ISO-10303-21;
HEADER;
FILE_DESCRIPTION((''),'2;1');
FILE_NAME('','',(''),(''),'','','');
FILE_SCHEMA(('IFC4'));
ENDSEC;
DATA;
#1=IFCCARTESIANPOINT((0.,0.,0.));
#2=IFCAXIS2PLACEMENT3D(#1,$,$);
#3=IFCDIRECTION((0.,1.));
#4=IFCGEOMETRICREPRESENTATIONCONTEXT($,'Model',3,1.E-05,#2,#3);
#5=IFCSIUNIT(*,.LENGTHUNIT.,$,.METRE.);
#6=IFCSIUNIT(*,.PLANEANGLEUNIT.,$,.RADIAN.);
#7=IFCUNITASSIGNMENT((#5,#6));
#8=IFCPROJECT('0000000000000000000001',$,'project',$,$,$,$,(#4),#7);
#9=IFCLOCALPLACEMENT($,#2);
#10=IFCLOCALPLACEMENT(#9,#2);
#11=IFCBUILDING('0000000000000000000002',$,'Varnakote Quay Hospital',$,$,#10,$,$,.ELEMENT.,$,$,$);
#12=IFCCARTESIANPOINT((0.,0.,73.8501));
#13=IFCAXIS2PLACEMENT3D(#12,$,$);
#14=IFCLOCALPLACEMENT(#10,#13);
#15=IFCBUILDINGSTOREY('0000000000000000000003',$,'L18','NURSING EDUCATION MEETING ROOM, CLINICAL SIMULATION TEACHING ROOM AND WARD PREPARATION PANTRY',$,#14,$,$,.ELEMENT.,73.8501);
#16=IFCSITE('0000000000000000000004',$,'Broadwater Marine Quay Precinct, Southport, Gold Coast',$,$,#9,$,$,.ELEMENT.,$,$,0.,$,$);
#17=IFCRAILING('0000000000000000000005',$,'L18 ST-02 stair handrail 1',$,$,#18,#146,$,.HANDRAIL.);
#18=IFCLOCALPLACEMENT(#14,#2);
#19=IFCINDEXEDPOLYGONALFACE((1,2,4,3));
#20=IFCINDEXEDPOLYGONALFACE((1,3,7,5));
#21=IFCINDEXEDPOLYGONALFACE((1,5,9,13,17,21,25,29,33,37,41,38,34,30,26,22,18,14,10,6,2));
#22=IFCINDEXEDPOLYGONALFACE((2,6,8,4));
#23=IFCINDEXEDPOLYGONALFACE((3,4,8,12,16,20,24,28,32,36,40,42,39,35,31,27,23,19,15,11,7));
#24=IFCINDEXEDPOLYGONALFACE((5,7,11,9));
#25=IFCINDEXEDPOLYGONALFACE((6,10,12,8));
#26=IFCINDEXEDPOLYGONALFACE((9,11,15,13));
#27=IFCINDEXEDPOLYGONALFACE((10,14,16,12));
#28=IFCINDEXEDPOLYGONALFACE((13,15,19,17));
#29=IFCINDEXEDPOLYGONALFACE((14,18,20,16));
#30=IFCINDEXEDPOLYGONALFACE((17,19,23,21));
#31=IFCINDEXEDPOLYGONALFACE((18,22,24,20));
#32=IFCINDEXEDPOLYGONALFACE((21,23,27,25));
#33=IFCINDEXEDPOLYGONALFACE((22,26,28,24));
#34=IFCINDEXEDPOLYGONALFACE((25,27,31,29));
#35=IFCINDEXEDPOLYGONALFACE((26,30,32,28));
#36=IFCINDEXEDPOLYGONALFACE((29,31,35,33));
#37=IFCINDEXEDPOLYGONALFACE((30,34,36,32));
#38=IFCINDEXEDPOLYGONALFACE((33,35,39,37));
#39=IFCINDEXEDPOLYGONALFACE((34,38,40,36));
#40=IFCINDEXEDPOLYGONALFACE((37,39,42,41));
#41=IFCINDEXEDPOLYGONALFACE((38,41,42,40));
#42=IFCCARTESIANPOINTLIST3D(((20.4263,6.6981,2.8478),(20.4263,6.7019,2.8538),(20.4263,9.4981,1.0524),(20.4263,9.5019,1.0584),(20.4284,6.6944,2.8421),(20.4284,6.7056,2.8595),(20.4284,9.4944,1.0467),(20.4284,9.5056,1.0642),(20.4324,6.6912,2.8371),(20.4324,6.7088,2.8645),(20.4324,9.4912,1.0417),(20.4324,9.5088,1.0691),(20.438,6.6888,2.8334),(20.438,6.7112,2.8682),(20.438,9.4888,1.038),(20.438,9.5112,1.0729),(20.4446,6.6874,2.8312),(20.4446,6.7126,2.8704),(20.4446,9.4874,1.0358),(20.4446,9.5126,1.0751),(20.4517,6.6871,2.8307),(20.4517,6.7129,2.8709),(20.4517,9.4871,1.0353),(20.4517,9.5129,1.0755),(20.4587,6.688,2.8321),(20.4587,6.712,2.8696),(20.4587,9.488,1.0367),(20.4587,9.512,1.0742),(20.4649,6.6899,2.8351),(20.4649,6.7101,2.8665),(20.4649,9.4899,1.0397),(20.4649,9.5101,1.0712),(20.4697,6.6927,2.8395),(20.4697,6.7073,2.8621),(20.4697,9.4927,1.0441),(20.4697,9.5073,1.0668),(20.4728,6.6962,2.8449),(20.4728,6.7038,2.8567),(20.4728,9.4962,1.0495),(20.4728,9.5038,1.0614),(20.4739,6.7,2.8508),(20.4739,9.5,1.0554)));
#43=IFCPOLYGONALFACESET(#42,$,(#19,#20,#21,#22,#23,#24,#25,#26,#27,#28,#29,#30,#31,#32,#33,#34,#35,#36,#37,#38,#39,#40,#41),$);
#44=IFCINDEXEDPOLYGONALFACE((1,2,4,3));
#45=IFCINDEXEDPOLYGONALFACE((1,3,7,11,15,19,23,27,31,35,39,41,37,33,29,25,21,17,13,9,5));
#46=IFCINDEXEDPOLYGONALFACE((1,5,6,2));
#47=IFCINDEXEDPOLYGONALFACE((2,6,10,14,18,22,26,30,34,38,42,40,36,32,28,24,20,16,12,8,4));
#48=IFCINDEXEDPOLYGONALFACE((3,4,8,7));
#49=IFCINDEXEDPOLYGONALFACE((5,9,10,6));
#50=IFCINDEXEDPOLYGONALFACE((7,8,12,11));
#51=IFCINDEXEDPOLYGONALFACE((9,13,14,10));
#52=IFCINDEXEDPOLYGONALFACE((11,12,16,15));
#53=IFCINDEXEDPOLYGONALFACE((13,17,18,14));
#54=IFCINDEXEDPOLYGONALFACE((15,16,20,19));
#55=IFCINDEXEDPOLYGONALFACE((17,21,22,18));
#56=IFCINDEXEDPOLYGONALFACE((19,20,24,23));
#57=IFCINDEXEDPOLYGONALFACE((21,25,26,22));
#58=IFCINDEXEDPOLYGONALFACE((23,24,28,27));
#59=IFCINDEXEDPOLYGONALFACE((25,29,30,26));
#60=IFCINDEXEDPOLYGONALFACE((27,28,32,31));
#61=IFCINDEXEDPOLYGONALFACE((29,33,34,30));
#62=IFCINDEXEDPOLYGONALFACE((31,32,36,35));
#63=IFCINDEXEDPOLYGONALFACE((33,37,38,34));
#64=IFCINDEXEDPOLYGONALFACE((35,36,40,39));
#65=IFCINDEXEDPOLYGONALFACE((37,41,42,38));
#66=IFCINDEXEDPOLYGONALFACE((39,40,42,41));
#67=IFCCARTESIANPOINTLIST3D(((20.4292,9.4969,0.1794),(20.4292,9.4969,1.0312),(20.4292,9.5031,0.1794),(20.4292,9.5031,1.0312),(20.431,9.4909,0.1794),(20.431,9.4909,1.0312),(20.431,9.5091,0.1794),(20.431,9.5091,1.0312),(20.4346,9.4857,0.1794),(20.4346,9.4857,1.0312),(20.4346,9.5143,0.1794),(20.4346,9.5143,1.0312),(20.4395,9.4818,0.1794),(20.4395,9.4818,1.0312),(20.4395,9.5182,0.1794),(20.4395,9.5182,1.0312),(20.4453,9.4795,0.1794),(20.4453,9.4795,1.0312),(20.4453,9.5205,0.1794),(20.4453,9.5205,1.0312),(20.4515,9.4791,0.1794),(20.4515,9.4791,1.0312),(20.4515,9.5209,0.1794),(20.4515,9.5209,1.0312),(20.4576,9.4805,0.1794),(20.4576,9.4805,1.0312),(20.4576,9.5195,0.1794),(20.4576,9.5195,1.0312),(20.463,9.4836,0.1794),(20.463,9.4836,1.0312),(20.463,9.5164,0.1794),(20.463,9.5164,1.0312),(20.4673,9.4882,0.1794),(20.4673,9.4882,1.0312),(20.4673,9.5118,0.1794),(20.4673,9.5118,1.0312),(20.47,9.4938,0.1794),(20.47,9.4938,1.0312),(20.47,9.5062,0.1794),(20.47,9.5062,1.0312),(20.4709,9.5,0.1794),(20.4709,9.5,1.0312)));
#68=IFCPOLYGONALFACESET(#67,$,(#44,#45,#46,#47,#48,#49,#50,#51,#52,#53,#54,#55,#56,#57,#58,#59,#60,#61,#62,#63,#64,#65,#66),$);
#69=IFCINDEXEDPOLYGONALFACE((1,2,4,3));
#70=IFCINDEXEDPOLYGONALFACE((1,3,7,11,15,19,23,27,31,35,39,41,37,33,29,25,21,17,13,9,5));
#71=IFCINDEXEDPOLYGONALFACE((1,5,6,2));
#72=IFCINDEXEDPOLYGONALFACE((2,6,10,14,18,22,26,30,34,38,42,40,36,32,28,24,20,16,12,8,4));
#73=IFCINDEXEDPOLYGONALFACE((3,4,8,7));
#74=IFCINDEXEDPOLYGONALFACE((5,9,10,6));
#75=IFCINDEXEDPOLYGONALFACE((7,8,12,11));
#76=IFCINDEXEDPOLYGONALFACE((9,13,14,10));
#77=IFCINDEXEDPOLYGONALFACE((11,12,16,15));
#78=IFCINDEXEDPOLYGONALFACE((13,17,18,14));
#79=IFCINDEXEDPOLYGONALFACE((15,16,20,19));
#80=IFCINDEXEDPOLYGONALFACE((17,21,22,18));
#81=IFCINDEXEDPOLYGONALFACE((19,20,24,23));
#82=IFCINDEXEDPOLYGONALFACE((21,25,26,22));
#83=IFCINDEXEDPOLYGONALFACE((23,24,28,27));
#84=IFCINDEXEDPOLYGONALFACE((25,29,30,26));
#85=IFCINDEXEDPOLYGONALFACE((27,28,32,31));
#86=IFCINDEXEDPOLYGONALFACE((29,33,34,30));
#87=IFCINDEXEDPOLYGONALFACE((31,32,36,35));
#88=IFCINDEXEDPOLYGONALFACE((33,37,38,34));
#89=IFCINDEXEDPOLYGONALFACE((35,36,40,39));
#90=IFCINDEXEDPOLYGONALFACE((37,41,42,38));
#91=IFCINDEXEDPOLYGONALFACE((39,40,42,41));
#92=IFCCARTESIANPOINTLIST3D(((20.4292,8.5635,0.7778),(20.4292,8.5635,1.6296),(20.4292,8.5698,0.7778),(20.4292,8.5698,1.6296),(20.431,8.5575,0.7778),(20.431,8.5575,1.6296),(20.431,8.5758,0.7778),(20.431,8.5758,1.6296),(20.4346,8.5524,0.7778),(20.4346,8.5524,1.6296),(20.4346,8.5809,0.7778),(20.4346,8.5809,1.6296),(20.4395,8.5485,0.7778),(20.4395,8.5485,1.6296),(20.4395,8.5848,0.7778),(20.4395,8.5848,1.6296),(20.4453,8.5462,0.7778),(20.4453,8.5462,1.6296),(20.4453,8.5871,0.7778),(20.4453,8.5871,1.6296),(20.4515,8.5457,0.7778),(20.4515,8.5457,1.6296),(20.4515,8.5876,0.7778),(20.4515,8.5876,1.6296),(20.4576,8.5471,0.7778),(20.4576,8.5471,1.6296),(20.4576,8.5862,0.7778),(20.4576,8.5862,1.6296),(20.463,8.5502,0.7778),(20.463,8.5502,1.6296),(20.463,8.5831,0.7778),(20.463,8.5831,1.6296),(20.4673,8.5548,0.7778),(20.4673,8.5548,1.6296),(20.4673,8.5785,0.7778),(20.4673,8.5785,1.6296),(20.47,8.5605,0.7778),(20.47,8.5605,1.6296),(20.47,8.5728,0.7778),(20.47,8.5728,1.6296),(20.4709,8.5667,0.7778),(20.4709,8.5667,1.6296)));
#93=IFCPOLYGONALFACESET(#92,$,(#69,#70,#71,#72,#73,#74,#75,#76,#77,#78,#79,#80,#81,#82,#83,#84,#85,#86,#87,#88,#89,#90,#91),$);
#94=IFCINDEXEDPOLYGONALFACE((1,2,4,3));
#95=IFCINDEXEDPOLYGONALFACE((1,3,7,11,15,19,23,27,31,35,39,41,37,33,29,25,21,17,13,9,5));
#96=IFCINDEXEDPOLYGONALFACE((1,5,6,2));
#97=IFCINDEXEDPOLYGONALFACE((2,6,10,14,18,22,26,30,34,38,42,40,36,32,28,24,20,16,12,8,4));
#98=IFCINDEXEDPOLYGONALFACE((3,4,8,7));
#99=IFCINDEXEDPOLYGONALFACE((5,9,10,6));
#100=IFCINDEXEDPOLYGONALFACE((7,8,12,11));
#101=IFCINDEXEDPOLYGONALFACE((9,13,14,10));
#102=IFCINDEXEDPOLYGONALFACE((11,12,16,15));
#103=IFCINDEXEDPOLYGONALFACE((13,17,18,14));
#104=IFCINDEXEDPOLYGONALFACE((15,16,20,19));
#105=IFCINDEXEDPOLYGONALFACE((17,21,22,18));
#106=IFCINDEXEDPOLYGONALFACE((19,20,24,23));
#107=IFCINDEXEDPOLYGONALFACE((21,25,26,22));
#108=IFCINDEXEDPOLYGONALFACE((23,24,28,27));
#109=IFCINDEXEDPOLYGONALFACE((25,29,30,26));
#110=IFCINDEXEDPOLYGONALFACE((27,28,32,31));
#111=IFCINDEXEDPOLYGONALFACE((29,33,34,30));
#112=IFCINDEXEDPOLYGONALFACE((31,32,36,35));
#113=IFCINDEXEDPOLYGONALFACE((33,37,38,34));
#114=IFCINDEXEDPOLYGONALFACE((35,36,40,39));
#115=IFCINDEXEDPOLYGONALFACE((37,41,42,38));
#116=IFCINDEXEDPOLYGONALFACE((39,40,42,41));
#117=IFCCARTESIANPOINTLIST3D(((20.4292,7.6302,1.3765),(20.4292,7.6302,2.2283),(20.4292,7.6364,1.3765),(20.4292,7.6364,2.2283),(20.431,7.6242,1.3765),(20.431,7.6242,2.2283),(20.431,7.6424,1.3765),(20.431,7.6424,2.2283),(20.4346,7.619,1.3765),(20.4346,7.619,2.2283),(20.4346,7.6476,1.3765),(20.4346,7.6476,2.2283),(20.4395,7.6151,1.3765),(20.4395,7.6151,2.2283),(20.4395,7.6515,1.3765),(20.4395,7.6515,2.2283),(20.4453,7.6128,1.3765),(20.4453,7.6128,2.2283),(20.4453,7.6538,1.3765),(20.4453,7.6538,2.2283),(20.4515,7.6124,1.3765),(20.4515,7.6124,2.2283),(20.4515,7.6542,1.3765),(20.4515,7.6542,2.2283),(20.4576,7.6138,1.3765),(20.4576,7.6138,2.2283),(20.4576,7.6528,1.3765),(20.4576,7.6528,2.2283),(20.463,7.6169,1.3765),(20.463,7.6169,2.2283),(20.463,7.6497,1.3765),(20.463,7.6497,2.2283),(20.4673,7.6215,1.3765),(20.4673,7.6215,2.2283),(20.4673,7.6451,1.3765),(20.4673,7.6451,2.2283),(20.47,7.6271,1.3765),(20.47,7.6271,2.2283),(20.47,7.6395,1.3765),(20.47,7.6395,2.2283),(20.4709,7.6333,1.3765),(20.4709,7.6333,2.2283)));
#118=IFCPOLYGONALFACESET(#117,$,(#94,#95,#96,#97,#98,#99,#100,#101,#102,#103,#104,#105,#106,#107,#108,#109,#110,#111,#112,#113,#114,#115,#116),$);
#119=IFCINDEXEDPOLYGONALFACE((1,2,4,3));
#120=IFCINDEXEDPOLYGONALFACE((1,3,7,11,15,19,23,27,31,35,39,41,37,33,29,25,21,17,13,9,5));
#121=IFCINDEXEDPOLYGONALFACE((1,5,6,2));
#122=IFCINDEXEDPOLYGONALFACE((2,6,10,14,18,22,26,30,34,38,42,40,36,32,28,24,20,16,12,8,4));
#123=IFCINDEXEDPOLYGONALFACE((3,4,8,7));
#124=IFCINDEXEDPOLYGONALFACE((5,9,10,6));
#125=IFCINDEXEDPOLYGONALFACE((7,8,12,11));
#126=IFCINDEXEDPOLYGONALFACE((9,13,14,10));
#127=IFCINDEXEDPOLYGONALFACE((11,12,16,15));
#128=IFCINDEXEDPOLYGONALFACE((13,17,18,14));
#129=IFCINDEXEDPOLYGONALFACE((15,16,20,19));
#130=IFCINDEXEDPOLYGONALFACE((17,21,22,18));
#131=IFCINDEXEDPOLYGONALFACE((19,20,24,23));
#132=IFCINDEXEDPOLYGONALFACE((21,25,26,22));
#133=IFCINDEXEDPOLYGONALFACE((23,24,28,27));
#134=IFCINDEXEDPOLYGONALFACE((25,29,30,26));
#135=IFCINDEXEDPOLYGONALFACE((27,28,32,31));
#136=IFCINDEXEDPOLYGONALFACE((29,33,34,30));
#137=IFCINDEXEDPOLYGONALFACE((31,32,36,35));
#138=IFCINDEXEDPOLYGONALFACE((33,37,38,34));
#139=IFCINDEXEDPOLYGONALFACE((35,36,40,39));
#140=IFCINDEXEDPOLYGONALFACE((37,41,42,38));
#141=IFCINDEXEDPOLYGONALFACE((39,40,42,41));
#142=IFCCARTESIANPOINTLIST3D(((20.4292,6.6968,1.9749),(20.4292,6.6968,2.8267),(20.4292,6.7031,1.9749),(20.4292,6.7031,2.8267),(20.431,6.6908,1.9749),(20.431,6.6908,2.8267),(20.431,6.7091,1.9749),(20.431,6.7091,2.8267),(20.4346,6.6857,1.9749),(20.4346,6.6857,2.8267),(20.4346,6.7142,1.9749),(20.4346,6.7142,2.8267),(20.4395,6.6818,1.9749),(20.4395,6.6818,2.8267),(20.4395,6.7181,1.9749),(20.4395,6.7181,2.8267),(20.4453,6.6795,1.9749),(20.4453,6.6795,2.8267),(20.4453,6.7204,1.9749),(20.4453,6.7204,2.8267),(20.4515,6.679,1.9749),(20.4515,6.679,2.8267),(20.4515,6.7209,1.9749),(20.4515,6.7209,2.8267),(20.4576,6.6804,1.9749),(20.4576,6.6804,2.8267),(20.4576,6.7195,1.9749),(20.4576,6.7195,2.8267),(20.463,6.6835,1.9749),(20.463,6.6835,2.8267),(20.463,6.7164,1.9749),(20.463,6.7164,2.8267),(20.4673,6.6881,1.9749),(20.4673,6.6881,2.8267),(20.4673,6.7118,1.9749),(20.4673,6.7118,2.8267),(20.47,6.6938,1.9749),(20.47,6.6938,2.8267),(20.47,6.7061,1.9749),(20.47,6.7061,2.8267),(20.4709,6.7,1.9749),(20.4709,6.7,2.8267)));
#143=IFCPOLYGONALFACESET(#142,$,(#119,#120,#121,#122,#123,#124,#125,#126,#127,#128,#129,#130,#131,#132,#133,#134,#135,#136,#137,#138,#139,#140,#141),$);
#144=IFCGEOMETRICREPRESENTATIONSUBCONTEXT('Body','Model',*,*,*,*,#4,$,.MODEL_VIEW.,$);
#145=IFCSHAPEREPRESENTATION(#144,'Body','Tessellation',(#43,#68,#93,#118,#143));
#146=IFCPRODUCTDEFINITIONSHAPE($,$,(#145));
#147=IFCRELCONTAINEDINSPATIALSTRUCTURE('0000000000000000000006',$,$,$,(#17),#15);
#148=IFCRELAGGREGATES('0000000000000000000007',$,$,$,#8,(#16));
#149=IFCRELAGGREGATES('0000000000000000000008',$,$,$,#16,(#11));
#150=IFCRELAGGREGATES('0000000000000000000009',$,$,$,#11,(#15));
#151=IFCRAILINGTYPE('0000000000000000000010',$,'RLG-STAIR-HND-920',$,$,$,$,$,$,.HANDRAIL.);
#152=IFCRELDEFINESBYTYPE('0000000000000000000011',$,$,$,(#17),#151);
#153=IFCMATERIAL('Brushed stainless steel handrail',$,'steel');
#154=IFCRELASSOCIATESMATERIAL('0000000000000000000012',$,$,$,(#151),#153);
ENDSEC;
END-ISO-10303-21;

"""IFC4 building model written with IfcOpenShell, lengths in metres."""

from ifc_helpers import new_model, si_unit, direction, frame, origin, origin_2d, place, context, subcontext, project, spatial, circle, extrude, material, type_object, element, save


model = new_model("IFC4")

# Units and contexts
model_context = context("Model", 3, precision=1e-05, world=origin(), true_north=direction((0.0, 1.0)))
body_context = subcontext(model_context, "Body", "Model", "MODEL_VIEW")
ifc_project = project(units=[si_unit("LENGTHUNIT", "METRE"), si_unit("PLANEANGLEUNIT", "RADIAN")], contexts=[model_context])

# Site, building, storey
site_placement = place(None, origin())
site = spatial("IfcSite", under=ifc_project, at=site_placement, Name="Broadwater Marine Quay Precinct, Southport, Gold Coast", CompositionType="ELEMENT", RefElevation=0.0)
building_placement = place(site_placement, origin())
building = spatial("IfcBuilding", under=site, at=building_placement, Name="Varnakote Quay Hospital", CompositionType="ELEMENT")
storey_placement = place(building_placement, frame((0.0, 0.0, 73.8501)))
storey = spatial("IfcBuildingStorey", under=building, at=storey_placement, Name="L18", Description="NURSING EDUCATION MEETING ROOM, CLINICAL SIMULATION TEACHING ROOM AND WARD PREPARATION PANTRY", CompositionType="ELEMENT", Elevation=73.8501)

# Railing
ifc_material_1 = material(Name="Brushed stainless steel handrail", Category="steel")
railing_type_1 = type_object("IfcRailingType", Name="RLG-STAIR-HND-920", PredefinedType="HANDRAIL", material=ifc_material_1)
railing_1_placement = place(storey_placement, frame((20.45, 9.5, 0.1794)))
element("IfcRailing", 1, at=railing_1_placement, inside=storey, type_object=railing_type_1, Name="L18 ST-02 stair handrail 1", PredefinedType="HANDRAIL", context=body_context, shape_type="SweptSolid", body=[
    extrude(circle(Radius=0.0239, at=origin_2d()), frame((0.0, 0.0, 0.876), z_axis=(0.0, -0.84181, 0.539774), x_axis=(1.0, 0.0, 0.0)), (0.0, 0.0, 1.0), 3.3262),
    extrude(circle(Radius=0.021, at=origin_2d()), origin(), (0.0, 0.0, 1.0), 0.8518),
    extrude(circle(Radius=0.021, at=origin_2d()), frame((0.0, -0.9333, 0.5984)), (0.0, 0.0, 1.0), 0.8518),
    extrude(circle(Radius=0.021, at=origin_2d()), frame((0.0, -1.8667, 1.197)), (0.0, 0.0, 1.0), 0.8518),
    extrude(circle(Radius=0.021, at=origin_2d()), frame((0.0, -2.8, 1.7954)), (0.0, 0.0, 1.0), 0.8518),
])

save(model, "model.ifc")
